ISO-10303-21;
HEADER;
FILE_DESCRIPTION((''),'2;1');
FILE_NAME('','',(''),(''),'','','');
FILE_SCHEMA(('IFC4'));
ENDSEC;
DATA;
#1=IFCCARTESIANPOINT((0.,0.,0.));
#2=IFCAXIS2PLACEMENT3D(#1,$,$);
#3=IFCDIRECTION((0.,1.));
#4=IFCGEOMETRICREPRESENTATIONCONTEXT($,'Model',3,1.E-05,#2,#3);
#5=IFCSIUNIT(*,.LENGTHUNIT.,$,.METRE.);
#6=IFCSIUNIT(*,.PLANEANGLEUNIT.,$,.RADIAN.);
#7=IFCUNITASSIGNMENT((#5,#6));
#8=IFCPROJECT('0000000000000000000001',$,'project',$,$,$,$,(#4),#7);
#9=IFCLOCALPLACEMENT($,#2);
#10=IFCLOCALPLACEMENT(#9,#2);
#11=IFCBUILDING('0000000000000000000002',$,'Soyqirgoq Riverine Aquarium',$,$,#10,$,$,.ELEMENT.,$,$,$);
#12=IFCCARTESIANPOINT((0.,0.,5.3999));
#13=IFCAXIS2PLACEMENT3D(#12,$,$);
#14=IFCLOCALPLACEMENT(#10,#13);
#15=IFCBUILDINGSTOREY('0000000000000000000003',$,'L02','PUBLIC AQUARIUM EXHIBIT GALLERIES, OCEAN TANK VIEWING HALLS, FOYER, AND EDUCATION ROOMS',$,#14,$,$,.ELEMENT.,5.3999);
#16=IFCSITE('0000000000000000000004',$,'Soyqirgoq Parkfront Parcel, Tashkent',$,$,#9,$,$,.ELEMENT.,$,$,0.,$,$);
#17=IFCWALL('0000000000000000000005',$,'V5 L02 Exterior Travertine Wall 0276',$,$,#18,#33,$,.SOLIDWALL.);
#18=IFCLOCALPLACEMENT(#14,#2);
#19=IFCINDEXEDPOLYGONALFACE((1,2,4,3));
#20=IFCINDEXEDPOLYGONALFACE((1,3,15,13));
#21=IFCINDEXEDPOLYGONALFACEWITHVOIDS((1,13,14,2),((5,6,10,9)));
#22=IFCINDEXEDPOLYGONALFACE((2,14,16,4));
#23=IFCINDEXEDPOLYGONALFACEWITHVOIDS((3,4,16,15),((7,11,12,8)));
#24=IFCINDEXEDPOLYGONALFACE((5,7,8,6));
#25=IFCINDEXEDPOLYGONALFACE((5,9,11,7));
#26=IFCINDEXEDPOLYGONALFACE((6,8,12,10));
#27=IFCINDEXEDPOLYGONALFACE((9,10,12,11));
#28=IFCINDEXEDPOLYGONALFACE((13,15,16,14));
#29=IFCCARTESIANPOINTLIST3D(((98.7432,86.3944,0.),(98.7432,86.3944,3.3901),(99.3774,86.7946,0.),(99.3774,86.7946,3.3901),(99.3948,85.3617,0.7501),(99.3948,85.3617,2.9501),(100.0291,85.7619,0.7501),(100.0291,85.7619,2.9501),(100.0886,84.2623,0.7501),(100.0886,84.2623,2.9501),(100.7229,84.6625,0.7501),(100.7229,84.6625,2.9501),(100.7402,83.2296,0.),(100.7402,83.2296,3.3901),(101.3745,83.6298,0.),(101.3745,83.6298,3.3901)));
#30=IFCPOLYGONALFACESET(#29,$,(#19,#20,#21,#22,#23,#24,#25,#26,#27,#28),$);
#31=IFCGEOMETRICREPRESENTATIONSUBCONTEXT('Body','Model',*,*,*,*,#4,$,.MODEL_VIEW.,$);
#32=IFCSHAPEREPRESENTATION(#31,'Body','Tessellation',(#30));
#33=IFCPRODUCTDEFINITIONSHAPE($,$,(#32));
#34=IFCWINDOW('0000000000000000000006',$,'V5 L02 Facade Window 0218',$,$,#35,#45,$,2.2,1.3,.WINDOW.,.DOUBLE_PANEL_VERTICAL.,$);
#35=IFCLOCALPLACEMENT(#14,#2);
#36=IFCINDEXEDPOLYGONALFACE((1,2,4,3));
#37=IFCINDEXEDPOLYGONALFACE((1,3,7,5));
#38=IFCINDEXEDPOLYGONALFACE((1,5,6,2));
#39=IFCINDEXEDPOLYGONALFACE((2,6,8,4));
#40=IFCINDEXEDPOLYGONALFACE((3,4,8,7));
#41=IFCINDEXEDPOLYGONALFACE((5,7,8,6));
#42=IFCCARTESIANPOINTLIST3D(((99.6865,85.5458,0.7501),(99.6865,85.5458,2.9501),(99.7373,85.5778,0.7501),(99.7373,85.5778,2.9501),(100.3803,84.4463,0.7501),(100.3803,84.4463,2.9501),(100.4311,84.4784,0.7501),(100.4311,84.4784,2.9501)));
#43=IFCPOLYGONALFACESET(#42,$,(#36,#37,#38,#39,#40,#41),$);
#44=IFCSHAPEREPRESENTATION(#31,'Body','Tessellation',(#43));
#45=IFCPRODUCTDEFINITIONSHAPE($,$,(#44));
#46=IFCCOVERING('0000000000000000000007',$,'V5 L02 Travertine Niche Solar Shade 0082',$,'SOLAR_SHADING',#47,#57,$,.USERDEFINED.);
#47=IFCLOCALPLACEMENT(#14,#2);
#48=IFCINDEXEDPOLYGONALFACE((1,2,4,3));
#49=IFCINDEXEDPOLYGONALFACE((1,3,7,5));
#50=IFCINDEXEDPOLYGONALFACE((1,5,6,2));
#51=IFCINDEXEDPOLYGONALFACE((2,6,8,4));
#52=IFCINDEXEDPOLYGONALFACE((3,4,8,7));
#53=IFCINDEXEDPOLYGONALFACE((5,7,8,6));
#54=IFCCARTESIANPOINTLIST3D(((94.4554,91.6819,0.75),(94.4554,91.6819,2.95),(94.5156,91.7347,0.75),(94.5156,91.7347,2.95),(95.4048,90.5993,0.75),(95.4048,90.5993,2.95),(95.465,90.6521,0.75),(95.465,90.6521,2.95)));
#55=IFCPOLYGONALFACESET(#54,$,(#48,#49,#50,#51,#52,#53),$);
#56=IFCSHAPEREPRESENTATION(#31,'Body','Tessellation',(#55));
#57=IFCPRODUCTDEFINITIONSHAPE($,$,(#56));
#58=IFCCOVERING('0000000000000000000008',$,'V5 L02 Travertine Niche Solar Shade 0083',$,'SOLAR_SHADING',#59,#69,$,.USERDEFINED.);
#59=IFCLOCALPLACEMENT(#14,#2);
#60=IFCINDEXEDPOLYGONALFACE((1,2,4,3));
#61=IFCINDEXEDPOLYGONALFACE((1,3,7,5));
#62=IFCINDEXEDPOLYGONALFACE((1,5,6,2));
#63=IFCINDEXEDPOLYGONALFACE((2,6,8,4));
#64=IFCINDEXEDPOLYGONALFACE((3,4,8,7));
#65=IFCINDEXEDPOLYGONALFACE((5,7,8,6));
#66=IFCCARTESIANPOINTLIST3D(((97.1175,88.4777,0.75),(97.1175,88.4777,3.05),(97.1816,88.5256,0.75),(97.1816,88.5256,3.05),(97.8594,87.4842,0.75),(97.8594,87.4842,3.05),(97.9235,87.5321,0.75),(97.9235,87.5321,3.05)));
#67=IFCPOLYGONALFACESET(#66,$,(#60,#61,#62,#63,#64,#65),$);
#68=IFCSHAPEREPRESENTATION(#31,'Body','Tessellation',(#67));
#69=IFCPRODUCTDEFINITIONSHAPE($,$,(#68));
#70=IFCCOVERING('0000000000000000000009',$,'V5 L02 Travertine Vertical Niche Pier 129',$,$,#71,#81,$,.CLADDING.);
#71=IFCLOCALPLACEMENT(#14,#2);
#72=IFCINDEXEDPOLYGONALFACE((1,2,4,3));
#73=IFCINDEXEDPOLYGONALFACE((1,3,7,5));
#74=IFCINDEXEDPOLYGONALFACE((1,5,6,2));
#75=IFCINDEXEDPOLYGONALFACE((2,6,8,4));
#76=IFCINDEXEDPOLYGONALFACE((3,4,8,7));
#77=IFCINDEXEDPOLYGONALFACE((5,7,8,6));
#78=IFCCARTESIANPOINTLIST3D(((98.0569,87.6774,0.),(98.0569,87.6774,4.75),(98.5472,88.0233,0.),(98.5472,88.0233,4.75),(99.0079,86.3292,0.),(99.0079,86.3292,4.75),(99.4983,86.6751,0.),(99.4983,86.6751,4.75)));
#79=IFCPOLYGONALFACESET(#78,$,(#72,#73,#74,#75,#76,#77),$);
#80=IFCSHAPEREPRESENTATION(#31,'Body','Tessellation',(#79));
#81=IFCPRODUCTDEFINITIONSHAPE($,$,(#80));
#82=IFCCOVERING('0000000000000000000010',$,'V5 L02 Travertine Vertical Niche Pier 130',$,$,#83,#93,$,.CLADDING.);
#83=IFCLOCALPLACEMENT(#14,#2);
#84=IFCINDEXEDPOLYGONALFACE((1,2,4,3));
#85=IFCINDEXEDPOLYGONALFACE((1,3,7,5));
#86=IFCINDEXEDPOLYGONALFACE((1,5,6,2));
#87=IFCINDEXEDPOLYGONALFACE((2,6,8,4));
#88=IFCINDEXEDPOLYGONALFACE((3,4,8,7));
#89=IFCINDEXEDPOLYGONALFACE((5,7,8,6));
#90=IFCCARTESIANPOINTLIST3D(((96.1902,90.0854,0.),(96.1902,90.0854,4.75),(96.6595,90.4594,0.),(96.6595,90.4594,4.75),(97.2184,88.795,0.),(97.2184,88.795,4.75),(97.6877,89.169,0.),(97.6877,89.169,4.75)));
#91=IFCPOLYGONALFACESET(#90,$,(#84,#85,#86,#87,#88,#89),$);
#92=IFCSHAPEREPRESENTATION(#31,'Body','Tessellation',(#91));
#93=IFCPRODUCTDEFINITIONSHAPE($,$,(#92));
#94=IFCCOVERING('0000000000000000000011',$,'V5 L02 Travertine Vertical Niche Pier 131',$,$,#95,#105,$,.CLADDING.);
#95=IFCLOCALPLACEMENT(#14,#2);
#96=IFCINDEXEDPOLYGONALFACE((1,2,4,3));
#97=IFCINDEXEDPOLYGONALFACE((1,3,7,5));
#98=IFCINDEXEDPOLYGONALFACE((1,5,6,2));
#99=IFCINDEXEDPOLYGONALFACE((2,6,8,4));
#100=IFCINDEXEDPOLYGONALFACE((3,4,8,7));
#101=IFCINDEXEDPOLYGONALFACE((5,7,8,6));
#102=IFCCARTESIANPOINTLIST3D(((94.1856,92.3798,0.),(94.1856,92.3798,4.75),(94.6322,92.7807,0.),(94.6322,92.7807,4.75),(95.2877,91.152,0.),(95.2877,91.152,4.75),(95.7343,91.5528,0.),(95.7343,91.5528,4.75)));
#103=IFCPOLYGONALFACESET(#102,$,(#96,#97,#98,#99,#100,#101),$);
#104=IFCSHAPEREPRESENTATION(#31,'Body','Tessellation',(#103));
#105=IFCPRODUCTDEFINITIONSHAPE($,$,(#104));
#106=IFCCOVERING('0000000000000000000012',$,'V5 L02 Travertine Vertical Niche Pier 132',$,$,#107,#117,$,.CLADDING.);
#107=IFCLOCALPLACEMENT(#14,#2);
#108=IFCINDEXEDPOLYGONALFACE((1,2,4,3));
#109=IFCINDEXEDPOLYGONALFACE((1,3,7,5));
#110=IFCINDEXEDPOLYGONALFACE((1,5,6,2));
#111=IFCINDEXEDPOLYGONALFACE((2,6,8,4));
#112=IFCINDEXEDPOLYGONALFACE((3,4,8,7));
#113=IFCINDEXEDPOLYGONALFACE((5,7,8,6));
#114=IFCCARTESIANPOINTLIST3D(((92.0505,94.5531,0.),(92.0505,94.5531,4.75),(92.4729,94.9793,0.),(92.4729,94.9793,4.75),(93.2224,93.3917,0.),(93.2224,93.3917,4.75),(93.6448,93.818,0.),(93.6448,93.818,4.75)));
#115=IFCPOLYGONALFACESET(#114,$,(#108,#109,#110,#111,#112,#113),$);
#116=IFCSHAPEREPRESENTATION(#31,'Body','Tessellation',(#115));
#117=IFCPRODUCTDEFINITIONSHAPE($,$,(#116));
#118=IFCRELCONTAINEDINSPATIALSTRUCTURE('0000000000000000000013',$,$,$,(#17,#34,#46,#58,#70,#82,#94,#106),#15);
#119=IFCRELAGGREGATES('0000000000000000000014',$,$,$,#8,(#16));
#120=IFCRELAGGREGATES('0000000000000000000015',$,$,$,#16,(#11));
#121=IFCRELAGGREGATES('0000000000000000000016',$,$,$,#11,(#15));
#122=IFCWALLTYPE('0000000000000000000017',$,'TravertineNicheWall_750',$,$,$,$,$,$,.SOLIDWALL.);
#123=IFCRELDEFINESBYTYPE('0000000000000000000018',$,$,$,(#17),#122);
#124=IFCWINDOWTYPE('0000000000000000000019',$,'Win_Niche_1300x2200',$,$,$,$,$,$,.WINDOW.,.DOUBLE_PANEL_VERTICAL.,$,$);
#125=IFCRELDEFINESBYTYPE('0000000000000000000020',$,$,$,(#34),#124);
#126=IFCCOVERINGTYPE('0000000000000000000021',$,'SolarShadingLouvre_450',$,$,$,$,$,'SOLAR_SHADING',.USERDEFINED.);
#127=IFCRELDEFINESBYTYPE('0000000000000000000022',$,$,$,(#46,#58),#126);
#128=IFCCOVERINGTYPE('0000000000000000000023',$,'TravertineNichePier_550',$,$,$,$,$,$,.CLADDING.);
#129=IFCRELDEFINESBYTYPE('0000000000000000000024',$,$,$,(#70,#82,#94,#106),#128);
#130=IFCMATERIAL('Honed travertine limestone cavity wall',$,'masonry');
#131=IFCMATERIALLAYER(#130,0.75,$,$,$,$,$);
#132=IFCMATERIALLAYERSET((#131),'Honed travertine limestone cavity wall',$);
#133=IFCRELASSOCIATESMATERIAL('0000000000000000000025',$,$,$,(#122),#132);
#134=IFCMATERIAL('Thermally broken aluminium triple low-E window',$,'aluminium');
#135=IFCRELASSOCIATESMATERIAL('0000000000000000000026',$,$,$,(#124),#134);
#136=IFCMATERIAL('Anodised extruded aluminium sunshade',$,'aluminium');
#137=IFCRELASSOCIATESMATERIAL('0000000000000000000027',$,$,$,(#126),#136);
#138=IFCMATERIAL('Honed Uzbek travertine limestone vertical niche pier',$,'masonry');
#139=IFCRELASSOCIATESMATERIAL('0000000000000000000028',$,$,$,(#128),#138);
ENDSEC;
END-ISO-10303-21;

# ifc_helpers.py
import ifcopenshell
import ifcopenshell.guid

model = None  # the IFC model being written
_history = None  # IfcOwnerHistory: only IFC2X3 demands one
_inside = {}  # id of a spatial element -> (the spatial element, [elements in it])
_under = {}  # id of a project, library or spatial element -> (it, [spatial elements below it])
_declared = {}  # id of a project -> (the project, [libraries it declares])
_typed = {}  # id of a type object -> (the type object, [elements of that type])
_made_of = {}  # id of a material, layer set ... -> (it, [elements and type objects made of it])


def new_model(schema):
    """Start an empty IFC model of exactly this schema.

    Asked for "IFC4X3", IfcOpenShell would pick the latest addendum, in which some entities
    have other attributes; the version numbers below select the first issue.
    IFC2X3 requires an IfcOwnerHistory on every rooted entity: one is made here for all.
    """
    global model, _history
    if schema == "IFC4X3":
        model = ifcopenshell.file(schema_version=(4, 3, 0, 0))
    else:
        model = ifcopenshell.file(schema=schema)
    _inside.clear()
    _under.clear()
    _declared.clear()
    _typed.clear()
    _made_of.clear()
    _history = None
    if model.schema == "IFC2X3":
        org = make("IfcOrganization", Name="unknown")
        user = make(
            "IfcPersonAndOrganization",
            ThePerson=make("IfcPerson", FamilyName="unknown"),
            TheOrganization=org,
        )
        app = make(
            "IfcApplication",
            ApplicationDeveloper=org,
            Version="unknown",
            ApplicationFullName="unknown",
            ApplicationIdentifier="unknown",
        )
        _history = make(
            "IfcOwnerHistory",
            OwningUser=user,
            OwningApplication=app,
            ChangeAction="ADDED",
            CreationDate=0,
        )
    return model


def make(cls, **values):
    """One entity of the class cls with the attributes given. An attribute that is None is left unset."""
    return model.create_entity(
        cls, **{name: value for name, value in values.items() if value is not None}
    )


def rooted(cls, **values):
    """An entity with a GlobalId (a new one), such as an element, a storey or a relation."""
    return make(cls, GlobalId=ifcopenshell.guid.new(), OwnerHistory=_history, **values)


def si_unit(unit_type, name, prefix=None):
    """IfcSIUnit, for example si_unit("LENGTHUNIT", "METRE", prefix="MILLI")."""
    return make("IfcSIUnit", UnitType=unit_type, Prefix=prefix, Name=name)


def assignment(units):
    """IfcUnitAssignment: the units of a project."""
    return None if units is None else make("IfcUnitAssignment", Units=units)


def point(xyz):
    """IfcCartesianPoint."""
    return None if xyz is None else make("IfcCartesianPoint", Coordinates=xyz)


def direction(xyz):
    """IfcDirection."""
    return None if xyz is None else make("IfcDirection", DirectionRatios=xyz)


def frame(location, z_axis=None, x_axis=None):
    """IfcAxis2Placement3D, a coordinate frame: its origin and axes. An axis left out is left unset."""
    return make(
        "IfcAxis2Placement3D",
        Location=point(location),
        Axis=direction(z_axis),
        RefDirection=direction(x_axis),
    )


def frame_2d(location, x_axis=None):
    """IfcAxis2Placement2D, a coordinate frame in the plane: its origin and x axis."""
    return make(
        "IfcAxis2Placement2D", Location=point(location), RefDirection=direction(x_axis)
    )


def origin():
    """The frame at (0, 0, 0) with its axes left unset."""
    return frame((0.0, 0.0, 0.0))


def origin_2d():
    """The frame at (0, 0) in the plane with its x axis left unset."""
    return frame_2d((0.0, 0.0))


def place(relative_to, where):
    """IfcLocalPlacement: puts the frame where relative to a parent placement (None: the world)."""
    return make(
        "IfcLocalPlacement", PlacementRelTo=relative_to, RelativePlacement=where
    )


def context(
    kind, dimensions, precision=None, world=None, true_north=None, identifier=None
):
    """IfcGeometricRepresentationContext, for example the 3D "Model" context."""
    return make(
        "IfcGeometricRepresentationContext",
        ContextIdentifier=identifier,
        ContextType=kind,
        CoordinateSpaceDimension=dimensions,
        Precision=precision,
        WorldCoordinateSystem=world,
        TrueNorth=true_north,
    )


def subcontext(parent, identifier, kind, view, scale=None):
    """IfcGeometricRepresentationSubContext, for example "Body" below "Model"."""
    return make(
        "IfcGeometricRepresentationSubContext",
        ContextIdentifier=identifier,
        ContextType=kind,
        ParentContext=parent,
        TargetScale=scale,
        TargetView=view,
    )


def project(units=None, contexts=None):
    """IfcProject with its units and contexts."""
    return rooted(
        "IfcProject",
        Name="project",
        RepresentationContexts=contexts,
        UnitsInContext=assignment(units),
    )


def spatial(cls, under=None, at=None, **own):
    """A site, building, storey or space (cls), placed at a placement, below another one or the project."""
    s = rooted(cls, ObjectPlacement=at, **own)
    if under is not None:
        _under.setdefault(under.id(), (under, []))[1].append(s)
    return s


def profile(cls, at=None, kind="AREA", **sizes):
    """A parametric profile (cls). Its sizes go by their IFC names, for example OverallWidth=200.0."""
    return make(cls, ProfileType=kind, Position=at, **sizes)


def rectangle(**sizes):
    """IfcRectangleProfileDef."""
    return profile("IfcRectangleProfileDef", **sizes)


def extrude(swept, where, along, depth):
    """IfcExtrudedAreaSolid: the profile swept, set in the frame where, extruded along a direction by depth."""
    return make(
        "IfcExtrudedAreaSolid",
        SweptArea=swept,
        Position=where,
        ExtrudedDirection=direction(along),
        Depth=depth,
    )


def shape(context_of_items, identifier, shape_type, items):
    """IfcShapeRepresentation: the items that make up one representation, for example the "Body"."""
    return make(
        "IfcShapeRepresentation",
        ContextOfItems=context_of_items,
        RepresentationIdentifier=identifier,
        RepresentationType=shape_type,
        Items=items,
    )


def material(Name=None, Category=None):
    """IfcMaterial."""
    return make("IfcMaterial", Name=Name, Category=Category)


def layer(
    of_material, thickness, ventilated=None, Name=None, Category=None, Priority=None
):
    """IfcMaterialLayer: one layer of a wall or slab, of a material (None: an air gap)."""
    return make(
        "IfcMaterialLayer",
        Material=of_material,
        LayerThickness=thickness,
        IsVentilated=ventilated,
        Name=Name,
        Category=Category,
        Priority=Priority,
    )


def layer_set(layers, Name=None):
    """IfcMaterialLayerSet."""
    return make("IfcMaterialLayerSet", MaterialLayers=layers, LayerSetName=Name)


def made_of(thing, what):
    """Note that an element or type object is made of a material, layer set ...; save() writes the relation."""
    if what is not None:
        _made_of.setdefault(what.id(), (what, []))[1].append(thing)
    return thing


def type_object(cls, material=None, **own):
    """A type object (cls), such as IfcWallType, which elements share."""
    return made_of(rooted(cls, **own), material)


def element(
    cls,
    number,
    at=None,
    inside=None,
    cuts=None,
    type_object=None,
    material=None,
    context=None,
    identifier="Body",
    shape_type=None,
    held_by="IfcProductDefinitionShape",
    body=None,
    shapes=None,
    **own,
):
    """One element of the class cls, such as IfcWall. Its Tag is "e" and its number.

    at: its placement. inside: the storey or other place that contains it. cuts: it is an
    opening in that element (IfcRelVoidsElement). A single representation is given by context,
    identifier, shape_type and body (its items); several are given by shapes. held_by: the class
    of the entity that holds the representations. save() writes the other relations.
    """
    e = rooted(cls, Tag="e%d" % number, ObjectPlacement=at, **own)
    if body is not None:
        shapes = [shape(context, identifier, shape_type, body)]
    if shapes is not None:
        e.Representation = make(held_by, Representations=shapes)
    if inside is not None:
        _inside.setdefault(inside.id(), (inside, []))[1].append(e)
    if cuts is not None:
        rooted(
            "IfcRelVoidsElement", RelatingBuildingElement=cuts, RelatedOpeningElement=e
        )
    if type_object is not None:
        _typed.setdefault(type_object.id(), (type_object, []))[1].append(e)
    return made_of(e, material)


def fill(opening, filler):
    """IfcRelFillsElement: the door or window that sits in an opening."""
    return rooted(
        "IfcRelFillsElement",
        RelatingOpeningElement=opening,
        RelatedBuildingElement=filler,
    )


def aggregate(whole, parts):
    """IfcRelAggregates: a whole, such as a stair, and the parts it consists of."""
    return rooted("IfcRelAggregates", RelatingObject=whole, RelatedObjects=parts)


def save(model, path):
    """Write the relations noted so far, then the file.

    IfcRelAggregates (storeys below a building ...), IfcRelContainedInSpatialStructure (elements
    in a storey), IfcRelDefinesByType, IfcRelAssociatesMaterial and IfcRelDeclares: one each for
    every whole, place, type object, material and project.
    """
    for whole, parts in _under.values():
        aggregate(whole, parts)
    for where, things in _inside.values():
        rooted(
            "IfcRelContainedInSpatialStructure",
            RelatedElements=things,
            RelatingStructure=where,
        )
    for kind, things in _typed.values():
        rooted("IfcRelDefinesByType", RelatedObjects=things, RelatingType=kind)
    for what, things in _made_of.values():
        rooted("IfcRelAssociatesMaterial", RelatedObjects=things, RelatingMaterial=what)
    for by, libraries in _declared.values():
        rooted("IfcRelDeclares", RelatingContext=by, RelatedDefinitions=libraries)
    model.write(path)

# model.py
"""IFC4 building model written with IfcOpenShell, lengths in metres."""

from ifc_helpers import new_model, si_unit, direction, frame, frame_2d, origin, origin_2d, place, context, subcontext, project, spatial, rectangle, extrude, material, layer, layer_set, type_object, element, fill, save


model = new_model("IFC4")

# Units and contexts
model_context = context("Model", 3, precision=1e-05, world=origin(), true_north=direction((0.0, 1.0)))
body_context = subcontext(model_context, "Body", "Model", "MODEL_VIEW")
ifc_project = project(units=[si_unit("LENGTHUNIT", "METRE"), si_unit("PLANEANGLEUNIT", "RADIAN")], contexts=[model_context])

# Site, building, storey
site_placement = place(None, origin())
site = spatial("IfcSite", under=ifc_project, at=site_placement, Name="Soyqirgoq Parkfront Parcel, Tashkent", CompositionType="ELEMENT", RefElevation=0.0)
building_placement = place(site_placement, origin())
building = spatial("IfcBuilding", under=site, at=building_placement, Name="Soyqirgoq Riverine Aquarium", CompositionType="ELEMENT")
storey_placement = place(building_placement, frame((0.0, 0.0, 5.3999)))
storey = spatial("IfcBuildingStorey", under=building, at=storey_placement, Name="L02", Description="PUBLIC AQUARIUM EXHIBIT GALLERIES, OCEAN TANK VIEWING HALLS, FOYER, AND EDUCATION ROOMS", CompositionType="ELEMENT", Elevation=5.3999)

# Wall, opening, window
ifc_material_1 = material(Name="Honed travertine limestone cavity wall", Category="masonry")
ifc_layer_1 = layer(ifc_material_1, 0.75)
ifc_layer_set_1 = layer_set([ifc_layer_1], Name="Honed travertine limestone cavity wall")
wall_type_1 = type_object("IfcWallType", Name="TravertineNicheWall_750", PredefinedType="SOLIDWALL", material=ifc_layer_set_1)
wall_1_placement = place(storey_placement, frame((99.0603, 86.5945, 0.0), z_axis=(0.0, 0.0, 1.0), x_axis=(0.533659, -0.8457, 0.0)))
wall_1 = element("IfcWall", 1, at=wall_1_placement, inside=storey, type_object=wall_type_1, Name="V5 L02 Exterior Travertine Wall 0276", PredefinedType="SOLIDWALL", context=body_context, shape_type="SweptSolid", body=[
    extrude(rectangle(XDim=3.7422, YDim=0.75, at=frame_2d((1.8711, 0.0))), origin(), (0.0, 0.0, 1.0), 3.3901),
])
opening_1_placement = place(wall_1_placement, frame((1.2212, 0.0, 0.75)))
opening_1 = element("IfcOpeningElement", 2, at=opening_1_placement, cuts=wall_1, PredefinedType="OPENING", context=body_context, shape_type="SweptSolid", body=[
    extrude(rectangle(XDim=1.3, YDim=2.2, at=frame_2d((0.6499, 1.1001))), frame((0.0, 0.385, 0.0), z_axis=(0.0, -1.0, 0.0), x_axis=(1.0, 0.0, 0.0)), (0.0, 0.0, 1.0), 0.77),
])
ifc_material_2 = material(Name="Thermally broken aluminium triple low-E window", Category="aluminium")
window_type_1 = type_object("IfcWindowType", Name="Win_Niche_1300x2200", PartitioningType="DOUBLE_PANEL_VERTICAL", PredefinedType="WINDOW", material=ifc_material_2)
window_1_placement = place(opening_1_placement, origin())
window_1 = element("IfcWindow", 3, at=window_1_placement, inside=storey, type_object=window_type_1, Name="V5 L02 Facade Window 0218", OverallHeight=2.2, OverallWidth=1.3, PartitioningType="DOUBLE_PANEL_VERTICAL", PredefinedType="WINDOW", context=body_context, shape_type="SweptSolid", body=[
    extrude(rectangle(XDim=1.3, YDim=2.2, at=frame_2d((0.6499, 1.1001))), frame((0.0, 0.03, 0.0), z_axis=(0.0, -1.0, 0.0), x_axis=(1.0, 0.0, 0.0)), (0.0, 0.0, 1.0), 0.0601),
])
fill(opening_1, window_1)

# Coverings
ifc_material_3 = material(Name="Anodised extruded aluminium sunshade", Category="aluminium")
covering_type_1 = type_object("IfcCoveringType", Name="SolarShadingLouvre_450", ElementType="SOLAR_SHADING", PredefinedType="USERDEFINED", material=ifc_material_3)
covering_1_placement = place(storey_placement, frame((94.9602, 91.167, 0.75), z_axis=(0.0, 0.0, 1.0), x_axis=(0.659346, -0.75184, 0.0)))
element("IfcCovering", 4, at=covering_1_placement, inside=storey, type_object=covering_type_1, Name="V5 L02 Travertine Niche Solar Shade 0082", ObjectType="SOLAR_SHADING", PredefinedType="USERDEFINED", context=body_context, shape_type="SweptSolid", body=[
    extrude(rectangle(XDim=1.4399, YDim=0.0801, at=origin_2d()), origin(), (0.0, 0.0, 1.0), 2.2),
])
covering_2_placement = place(storey_placement, frame((97.5205, 88.0049, 0.75), z_axis=(0.0, 0.0, 1.0), x_axis=(0.598325, -0.801254, 0.0)))
element("IfcCovering", 5, at=covering_2_placement, inside=storey, type_object=covering_type_1, Name="V5 L02 Travertine Niche Solar Shade 0083", ObjectType="SOLAR_SHADING", PredefinedType="USERDEFINED", context=body_context, shape_type="SweptSolid", body=[
    extrude(rectangle(XDim=1.24, YDim=0.0801, at=origin_2d()), origin(), (0.0, 0.0, 1.0), 2.3),
])
ifc_material_4 = material(Name="Honed Uzbek travertine limestone vertical niche pier", Category="masonry")
covering_type_2 = type_object("IfcCoveringType", Name="TravertineNichePier_550", PredefinedType="CLADDING", material=ifc_material_4)
for number, where, z_axis, x_axis, name in (
    (6, (98.7776, 87.1763, 0.0), (0.0, 0.0, 1.0), (0.817145, 0.576432, 0.0), "V5 L02 Travertine Vertical Niche Pier 129"),
    (7, (96.939, 89.6272, 0.0), (0.0, 0.0, 1.0), (0.782065, 0.623197, 0.0), "V5 L02 Travertine Vertical Niche Pier 130"),
    (8, (94.96, 91.9663, 0.0), (0.0, 0.0, 1.0), (0.744195, 0.667962, 0.0), "V5 L02 Travertine Vertical Niche Pier 131"),
    (9, (92.8477, 94.1855, 0.0), (0.0, 0.0, 1.0), (0.703891, 0.710308, 0.0), "V5 L02 Travertine Vertical Niche Pier 132"),
):
    element("IfcCovering", number, at=place(storey_placement, frame(where, z_axis=z_axis, x_axis=x_axis)), inside=storey, type_object=covering_type_2, Name=name, PredefinedType="CLADDING", context=body_context, shape_type="SweptSolid", body=[
        extrude(rectangle(XDim=0.6001, YDim=1.6499, at=origin_2d()), origin(), (0.0, 0.0, 1.0), 4.75),
    ])

save(model, "model.ifc")
